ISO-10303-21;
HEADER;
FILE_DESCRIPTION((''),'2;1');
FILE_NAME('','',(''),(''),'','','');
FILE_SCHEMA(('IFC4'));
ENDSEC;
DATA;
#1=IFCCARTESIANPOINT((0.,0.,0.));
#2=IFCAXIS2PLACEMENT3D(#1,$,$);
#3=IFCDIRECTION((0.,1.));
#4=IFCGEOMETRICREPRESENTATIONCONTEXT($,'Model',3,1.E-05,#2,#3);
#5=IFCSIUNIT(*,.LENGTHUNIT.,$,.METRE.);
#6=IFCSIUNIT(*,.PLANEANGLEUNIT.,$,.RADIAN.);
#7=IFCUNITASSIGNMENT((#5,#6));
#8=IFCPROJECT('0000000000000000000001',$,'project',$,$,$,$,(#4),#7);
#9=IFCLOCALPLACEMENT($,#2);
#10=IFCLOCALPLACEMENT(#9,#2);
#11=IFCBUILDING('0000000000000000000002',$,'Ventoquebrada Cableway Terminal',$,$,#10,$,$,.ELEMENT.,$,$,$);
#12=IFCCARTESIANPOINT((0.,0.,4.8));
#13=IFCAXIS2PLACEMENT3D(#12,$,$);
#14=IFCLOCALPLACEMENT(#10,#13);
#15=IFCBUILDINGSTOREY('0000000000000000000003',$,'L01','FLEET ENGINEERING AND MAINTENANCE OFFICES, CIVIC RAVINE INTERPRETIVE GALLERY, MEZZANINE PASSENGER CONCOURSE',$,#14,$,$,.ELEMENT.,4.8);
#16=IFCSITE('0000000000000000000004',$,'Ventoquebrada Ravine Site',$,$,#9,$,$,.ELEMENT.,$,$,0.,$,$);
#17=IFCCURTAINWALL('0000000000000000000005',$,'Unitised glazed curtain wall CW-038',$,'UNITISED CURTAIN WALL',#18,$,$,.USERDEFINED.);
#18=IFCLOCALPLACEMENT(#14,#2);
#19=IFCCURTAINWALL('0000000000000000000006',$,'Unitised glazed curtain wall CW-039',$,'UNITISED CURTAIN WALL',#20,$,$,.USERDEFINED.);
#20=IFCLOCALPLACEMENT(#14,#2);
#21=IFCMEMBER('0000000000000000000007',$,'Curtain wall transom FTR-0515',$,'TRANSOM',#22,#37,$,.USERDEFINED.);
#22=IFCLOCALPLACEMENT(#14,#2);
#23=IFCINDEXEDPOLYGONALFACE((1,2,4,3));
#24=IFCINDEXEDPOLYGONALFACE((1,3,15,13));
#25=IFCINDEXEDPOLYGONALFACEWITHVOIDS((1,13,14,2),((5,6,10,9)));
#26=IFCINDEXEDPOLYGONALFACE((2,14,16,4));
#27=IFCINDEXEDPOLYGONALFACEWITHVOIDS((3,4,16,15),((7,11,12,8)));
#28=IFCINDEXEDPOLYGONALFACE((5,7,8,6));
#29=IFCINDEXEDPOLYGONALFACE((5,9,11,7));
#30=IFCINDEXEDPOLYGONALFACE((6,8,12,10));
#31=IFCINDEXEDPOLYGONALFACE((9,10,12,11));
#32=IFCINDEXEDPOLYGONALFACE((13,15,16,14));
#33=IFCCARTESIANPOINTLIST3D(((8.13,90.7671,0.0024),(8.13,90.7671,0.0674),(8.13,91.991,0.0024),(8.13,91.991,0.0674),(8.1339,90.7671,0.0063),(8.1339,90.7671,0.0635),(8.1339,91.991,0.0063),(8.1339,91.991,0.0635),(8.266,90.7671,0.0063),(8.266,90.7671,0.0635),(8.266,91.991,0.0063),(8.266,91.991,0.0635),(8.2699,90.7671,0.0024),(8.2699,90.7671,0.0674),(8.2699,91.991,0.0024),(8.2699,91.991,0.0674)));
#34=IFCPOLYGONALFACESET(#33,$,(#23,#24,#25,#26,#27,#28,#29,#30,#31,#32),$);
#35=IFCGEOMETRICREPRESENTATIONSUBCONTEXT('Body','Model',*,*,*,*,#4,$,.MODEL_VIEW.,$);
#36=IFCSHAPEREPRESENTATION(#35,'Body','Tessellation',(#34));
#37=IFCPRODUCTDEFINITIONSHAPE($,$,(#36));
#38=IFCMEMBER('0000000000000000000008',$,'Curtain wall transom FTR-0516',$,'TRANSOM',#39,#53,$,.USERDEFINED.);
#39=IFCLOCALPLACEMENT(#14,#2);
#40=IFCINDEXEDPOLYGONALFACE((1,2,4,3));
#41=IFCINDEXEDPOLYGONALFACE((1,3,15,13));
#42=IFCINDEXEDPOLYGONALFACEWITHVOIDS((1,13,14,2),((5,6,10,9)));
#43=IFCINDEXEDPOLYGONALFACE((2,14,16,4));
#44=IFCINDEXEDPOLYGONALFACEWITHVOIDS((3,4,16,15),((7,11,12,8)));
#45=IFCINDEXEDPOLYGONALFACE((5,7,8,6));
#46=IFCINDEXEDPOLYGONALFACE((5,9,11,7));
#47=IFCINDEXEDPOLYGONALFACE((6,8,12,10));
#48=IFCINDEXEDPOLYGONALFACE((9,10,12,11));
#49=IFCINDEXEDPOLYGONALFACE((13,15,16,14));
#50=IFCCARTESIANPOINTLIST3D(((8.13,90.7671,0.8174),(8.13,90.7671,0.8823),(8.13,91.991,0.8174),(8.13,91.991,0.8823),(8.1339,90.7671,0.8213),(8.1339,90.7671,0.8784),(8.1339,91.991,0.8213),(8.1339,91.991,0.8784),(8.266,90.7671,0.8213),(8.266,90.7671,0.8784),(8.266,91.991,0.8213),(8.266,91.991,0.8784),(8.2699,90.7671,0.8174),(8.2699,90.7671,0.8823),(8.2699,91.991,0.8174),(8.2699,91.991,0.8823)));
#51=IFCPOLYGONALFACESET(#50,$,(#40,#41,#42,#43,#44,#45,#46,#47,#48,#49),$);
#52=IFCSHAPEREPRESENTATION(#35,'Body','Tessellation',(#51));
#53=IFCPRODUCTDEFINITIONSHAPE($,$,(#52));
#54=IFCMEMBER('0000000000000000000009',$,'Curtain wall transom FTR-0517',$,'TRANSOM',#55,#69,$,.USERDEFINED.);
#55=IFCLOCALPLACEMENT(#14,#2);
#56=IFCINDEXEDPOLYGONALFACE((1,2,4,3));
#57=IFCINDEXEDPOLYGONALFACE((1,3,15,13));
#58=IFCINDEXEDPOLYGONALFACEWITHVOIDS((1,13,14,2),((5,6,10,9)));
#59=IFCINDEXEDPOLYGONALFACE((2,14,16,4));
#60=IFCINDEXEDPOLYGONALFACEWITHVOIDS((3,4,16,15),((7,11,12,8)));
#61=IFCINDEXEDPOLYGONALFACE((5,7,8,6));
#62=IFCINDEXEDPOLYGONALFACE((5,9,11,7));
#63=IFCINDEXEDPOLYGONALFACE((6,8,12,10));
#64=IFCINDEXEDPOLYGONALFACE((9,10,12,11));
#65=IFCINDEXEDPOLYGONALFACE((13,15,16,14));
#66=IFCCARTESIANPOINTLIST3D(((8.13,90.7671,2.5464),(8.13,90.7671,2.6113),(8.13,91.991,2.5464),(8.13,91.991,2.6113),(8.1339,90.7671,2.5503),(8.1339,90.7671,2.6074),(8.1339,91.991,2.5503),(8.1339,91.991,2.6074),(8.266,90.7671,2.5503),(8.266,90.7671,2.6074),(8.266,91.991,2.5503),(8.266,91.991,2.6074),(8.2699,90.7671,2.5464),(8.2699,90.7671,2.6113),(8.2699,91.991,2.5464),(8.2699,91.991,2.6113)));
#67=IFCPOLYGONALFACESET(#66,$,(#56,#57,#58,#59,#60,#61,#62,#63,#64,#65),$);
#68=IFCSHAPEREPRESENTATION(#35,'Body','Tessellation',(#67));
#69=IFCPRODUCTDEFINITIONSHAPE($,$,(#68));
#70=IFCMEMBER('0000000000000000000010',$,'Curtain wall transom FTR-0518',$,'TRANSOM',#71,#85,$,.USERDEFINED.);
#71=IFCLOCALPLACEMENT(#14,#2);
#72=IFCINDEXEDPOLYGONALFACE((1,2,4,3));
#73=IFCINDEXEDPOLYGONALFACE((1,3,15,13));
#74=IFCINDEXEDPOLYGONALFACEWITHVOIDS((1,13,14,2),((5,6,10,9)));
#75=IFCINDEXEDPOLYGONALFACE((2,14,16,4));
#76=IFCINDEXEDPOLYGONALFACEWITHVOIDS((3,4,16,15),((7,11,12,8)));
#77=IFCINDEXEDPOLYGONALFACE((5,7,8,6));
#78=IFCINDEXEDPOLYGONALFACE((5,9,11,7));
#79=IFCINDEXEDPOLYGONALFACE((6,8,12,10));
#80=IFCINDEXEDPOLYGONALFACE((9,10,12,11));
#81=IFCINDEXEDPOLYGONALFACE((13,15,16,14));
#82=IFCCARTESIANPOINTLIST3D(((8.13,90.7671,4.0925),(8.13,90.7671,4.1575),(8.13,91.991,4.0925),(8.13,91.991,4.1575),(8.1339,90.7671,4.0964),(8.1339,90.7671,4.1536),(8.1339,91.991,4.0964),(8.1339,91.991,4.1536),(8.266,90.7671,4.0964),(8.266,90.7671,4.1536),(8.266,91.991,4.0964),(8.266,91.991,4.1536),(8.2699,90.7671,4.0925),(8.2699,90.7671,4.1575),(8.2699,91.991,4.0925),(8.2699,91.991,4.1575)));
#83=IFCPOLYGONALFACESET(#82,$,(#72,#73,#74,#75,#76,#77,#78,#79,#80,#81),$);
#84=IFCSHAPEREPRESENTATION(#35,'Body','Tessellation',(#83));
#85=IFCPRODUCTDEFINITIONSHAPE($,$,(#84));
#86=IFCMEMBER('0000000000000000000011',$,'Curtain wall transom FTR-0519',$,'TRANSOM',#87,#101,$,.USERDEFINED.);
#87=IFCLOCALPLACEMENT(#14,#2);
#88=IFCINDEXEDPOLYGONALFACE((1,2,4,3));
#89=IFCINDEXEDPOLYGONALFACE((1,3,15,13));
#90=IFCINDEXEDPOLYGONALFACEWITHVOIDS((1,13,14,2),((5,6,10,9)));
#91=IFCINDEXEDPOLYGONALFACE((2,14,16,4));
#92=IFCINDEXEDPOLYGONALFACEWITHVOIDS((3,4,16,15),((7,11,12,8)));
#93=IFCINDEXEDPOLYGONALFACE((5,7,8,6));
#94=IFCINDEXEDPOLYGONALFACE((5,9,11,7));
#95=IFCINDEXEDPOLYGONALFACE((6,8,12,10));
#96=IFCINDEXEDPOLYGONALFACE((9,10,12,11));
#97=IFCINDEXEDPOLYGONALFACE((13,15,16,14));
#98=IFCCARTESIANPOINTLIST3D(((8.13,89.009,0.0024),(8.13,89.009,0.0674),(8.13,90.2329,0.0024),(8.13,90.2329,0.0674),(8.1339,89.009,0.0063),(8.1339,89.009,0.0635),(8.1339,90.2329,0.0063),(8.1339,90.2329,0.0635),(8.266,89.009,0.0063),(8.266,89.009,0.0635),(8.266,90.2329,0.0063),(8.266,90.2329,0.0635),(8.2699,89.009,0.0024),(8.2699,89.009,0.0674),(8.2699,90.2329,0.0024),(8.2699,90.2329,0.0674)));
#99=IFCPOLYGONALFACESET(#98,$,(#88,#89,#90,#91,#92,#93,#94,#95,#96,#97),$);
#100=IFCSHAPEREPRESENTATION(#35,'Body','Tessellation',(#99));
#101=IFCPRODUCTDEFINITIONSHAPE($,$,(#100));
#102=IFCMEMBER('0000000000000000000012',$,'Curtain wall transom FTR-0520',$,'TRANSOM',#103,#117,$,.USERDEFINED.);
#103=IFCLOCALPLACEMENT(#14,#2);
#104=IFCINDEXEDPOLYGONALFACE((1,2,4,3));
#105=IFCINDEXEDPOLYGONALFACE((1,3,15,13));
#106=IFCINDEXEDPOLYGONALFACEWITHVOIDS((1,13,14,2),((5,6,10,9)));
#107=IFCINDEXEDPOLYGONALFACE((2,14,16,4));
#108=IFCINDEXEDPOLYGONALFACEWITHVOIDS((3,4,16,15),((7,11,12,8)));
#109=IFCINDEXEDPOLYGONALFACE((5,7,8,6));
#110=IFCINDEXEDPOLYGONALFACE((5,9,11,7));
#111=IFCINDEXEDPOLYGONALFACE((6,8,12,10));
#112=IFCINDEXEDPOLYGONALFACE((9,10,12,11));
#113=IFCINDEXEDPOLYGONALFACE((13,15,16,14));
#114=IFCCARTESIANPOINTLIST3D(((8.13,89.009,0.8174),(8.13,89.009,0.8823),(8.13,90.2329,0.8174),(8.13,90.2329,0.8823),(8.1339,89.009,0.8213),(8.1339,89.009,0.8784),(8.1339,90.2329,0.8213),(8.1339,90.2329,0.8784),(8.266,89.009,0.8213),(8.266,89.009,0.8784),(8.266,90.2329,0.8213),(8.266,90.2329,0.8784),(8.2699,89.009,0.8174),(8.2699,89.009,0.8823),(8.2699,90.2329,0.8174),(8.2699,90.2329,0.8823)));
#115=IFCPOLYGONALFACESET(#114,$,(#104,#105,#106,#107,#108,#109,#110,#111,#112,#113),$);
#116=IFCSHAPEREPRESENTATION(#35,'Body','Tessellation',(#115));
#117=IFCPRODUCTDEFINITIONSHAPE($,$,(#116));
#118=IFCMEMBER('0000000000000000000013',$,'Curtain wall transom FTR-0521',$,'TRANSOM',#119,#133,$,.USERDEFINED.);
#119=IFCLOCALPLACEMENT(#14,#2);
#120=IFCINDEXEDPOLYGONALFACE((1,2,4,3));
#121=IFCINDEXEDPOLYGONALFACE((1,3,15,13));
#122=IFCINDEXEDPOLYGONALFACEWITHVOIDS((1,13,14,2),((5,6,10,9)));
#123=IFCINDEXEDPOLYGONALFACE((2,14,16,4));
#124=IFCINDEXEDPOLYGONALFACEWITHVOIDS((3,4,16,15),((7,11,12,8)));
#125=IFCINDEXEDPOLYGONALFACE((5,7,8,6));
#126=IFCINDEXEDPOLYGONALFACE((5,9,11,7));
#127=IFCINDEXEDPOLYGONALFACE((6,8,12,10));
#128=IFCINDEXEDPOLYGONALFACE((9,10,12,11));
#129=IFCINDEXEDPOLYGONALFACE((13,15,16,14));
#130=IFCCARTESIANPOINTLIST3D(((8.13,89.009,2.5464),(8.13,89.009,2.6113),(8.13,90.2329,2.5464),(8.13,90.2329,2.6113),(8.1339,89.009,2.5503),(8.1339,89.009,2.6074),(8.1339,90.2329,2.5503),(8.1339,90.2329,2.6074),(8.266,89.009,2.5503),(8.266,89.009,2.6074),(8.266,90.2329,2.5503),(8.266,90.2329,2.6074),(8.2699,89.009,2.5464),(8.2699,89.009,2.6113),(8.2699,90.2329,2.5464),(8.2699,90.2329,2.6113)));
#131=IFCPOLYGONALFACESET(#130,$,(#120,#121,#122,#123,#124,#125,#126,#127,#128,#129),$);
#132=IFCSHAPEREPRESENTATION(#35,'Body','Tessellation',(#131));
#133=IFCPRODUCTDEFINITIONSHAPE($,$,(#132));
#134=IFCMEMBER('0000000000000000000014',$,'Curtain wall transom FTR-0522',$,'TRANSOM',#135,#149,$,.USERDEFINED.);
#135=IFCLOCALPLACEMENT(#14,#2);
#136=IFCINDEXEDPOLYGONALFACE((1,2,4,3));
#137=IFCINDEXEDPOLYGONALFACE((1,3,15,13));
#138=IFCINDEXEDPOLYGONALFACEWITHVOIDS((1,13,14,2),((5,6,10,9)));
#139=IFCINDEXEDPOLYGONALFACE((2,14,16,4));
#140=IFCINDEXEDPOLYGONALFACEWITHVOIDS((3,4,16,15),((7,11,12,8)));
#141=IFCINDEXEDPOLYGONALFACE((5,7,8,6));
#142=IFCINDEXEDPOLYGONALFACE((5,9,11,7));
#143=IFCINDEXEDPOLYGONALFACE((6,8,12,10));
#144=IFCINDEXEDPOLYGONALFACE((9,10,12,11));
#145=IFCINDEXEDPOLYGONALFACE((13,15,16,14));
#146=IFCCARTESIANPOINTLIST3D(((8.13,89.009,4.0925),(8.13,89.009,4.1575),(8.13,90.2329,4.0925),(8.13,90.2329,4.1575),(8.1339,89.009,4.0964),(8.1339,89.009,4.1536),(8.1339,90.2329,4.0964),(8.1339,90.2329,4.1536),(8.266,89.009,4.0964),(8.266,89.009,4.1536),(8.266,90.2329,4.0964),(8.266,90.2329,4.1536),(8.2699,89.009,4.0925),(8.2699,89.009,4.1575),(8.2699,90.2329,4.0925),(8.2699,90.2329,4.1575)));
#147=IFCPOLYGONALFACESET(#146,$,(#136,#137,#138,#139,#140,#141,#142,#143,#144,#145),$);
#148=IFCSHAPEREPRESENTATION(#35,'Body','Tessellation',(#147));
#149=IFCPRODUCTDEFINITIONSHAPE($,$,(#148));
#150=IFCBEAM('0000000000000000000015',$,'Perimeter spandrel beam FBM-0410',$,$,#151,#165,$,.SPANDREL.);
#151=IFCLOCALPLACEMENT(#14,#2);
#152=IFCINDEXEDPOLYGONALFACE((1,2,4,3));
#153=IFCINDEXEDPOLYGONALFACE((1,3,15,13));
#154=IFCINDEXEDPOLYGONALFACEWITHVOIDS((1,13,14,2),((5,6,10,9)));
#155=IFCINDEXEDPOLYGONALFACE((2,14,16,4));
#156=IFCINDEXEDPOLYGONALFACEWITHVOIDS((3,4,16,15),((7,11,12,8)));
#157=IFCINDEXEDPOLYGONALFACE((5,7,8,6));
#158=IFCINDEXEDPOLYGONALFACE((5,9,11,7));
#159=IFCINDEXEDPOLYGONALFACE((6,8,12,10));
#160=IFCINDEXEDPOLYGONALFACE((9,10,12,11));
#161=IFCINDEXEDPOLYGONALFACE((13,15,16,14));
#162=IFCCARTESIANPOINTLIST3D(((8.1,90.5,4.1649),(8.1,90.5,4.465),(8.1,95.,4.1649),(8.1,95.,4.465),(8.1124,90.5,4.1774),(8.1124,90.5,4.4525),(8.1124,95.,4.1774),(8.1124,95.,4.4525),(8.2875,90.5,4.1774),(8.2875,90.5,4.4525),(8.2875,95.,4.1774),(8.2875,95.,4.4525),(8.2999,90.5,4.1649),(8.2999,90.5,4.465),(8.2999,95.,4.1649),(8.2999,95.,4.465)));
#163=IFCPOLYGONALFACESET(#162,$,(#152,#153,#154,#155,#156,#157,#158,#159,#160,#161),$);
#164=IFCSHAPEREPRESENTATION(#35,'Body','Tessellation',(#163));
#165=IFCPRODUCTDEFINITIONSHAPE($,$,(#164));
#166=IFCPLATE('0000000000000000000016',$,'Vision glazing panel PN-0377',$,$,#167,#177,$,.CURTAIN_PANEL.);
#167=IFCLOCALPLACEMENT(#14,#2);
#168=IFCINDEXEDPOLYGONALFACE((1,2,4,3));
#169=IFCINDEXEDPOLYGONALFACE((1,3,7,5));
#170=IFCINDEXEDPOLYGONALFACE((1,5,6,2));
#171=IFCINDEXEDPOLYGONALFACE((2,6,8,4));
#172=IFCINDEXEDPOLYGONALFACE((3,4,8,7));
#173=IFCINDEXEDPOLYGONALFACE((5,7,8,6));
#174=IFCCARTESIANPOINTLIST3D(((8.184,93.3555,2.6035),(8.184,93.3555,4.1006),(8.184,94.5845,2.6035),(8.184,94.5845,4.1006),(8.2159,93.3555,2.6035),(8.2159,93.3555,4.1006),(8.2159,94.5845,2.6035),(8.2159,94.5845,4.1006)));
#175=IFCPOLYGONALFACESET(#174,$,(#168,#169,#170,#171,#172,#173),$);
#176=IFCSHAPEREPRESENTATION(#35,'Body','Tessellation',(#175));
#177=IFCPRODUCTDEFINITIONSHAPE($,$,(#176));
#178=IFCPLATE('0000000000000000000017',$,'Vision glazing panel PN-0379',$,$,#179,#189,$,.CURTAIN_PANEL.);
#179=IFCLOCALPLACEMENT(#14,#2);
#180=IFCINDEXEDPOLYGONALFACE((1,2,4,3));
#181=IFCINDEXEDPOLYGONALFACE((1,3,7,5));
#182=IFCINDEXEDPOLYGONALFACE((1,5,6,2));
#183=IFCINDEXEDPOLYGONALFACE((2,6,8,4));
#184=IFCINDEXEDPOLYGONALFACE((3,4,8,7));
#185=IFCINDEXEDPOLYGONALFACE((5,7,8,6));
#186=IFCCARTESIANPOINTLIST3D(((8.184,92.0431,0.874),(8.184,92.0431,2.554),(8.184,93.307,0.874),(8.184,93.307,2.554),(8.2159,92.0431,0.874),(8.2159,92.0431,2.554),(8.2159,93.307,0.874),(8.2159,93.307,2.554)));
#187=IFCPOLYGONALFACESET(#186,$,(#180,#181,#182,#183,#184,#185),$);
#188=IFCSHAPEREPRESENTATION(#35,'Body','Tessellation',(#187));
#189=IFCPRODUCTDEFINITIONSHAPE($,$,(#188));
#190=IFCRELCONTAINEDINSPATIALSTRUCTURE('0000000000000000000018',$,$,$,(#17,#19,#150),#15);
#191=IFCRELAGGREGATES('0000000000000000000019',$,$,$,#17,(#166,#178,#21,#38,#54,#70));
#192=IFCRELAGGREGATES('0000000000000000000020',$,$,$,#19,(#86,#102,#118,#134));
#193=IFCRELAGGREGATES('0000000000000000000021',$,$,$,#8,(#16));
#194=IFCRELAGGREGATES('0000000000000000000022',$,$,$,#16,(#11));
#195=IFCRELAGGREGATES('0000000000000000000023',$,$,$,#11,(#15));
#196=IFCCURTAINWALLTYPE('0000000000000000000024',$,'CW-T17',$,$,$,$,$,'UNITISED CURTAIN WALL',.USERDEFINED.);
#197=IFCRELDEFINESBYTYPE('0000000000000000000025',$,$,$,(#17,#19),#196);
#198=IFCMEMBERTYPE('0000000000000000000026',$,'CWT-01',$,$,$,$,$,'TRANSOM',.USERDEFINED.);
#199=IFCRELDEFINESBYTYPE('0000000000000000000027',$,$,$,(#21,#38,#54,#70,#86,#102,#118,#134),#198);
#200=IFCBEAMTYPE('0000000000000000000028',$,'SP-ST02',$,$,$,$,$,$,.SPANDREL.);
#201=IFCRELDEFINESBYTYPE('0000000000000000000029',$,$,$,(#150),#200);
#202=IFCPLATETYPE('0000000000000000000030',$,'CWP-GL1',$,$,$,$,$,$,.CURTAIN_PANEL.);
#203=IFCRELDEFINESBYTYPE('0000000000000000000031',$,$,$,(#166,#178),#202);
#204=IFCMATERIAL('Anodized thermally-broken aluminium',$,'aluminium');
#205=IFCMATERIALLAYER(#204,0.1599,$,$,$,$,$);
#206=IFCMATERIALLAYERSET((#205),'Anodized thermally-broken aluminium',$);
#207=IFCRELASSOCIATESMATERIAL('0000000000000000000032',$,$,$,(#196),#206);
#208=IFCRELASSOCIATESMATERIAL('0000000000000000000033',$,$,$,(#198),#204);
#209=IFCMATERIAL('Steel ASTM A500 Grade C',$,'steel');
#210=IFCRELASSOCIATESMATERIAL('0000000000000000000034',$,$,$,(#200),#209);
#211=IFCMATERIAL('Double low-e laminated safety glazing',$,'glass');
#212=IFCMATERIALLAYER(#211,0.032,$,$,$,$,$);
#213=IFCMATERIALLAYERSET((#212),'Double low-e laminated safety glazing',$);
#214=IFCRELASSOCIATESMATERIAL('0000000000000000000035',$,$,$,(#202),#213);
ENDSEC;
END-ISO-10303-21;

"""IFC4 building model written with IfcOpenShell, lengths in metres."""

from ifc_helpers import new_model, si_unit, direction, frame, origin, origin_2d, place, context, subcontext, project, spatial, rectangle, hollow_rectangle, extrude, material, layer, layer_set, material_profile, profile_set, type_object, element, aggregate, save


model = new_model("IFC4")

# Units and contexts
model_context = context("Model", 3, precision=1e-05, world=origin(), true_north=direction((0.0, 1.0)))
body_context = subcontext(model_context, "Body", "Model", "MODEL_VIEW")
ifc_project = project(units=[si_unit("LENGTHUNIT", "METRE"), si_unit("PLANEANGLEUNIT", "RADIAN")], contexts=[model_context])

# Site, building, storey
site_placement = place(None, origin())
site = spatial("IfcSite", under=ifc_project, at=site_placement, Name="Ventoquebrada Ravine Site", CompositionType="ELEMENT", RefElevation=0.0)
building_placement = place(site_placement, origin())
building = spatial("IfcBuilding", under=site, at=building_placement, Name="Ventoquebrada Cableway Terminal", CompositionType="ELEMENT")
storey_placement = place(building_placement, frame((0.0, 0.0, 4.8)))
storey = spatial("IfcBuildingStorey", under=building, at=storey_placement, Name="L01", Description="FLEET ENGINEERING AND MAINTENANCE OFFICES, CIVIC RAVINE INTERPRETIVE GALLERY, MEZZANINE PASSENGER CONCOURSE", CompositionType="ELEMENT", Elevation=4.8)

# Curtain walls
ifc_material_1 = material(Name="Anodized thermally-broken aluminium", Category="aluminium")
ifc_layer_1 = layer(ifc_material_1, 0.1599)
ifc_layer_set_1 = layer_set([ifc_layer_1], Name="Anodized thermally-broken aluminium")
curtain_wall_type = type_object("IfcCurtainWallType", Name="CW-T17", ElementType="UNITISED CURTAIN WALL", PredefinedType="USERDEFINED", material=ifc_layer_set_1)
curtain_wall_1_placement = place(storey_placement, origin())
curtain_wall_1 = element("IfcCurtainWall", 1, at=curtain_wall_1_placement, inside=storey, type_object=curtain_wall_type, Name="Unitised glazed curtain wall CW-038", ObjectType="UNITISED CURTAIN WALL", PredefinedType="USERDEFINED")
curtain_wall_2_placement = place(storey_placement, origin())
curtain_wall_2 = element("IfcCurtainWall", 2, at=curtain_wall_2_placement, inside=storey, type_object=curtain_wall_type, Name="Unitised glazed curtain wall CW-039", ObjectType="UNITISED CURTAIN WALL", PredefinedType="USERDEFINED")

# Members
ifc_material_profile_1 = material_profile(ifc_material_1, hollow_rectangle(XDim=0.0649, YDim=0.1399, WallThickness=0.0039, at=origin_2d()), Name="CW-TRN-65X140")
ifc_profile_set_1 = profile_set([ifc_material_profile_1], Name="Anodized thermally-broken aluminium")
member_type_1 = type_object("IfcMemberType", Name="CWT-01", ElementType="TRANSOM", PredefinedType="USERDEFINED", material=ifc_profile_set_1)
member_1_placement = place(storey_placement, frame((8.2, 91.991, 0.0349), z_axis=(0.0, -1.0, 0.0), x_axis=(0.0, 0.0, 1.0)))
member_1 = element("IfcMember", 3, at=member_1_placement, type_object=member_type_1, Name="Curtain wall transom FTR-0515", ObjectType="TRANSOM", PredefinedType="USERDEFINED", context=body_context, shape_type="SweptSolid", body=[
    extrude(hollow_rectangle(XDim=0.0649, YDim=0.1399, WallThickness=0.0039, at=origin_2d()), origin(), (0.0, 0.0, 1.0), 1.2239),
])
member_2_placement = place(storey_placement, frame((8.2, 91.991, 0.8499), z_axis=(0.0, -1.0, 0.0), x_axis=(0.0, 0.0, 1.0)))
member_2 = element("IfcMember", 4, at=member_2_placement, type_object=member_type_1, Name="Curtain wall transom FTR-0516", ObjectType="TRANSOM", PredefinedType="USERDEFINED", context=body_context, shape_type="SweptSolid", body=[
    extrude(hollow_rectangle(XDim=0.0649, YDim=0.1399, WallThickness=0.0039, at=origin_2d()), origin(), (0.0, 0.0, 1.0), 1.2239),
])
member_3_placement = place(storey_placement, frame((8.2, 91.991, 2.5789), z_axis=(0.0, -1.0, 0.0), x_axis=(0.0, 0.0, 1.0)))
member_3 = element("IfcMember", 5, at=member_3_placement, type_object=member_type_1, Name="Curtain wall transom FTR-0517", ObjectType="TRANSOM", PredefinedType="USERDEFINED", context=body_context, shape_type="SweptSolid", body=[
    extrude(hollow_rectangle(XDim=0.0649, YDim=0.1399, WallThickness=0.0039, at=origin_2d()), origin(), (0.0, 0.0, 1.0), 1.2239),
])
member_4_placement = place(storey_placement, frame((8.2, 91.991, 4.125), z_axis=(0.0, -1.0, 0.0), x_axis=(0.0, 0.0, 1.0)))
member_4 = element("IfcMember", 6, at=member_4_placement, type_object=member_type_1, Name="Curtain wall transom FTR-0518", ObjectType="TRANSOM", PredefinedType="USERDEFINED", context=body_context, shape_type="SweptSolid", body=[
    extrude(hollow_rectangle(XDim=0.0649, YDim=0.1399, WallThickness=0.0039, at=origin_2d()), origin(), (0.0, 0.0, 1.0), 1.2239),
])
member_5_placement = place(storey_placement, frame((8.2, 90.2329, 0.0349), z_axis=(0.0, -1.0, 0.0), x_axis=(0.0, 0.0, 1.0)))
member_5 = element("IfcMember", 7, at=member_5_placement, type_object=member_type_1, Name="Curtain wall transom FTR-0519", ObjectType="TRANSOM", PredefinedType="USERDEFINED", context=body_context, shape_type="SweptSolid", body=[
    extrude(hollow_rectangle(XDim=0.0649, YDim=0.1399, WallThickness=0.0039, at=origin_2d()), origin(), (0.0, 0.0, 1.0), 1.2239),
])
member_6_placement = place(storey_placement, frame((8.2, 90.2329, 0.8499), z_axis=(0.0, -1.0, 0.0), x_axis=(0.0, 0.0, 1.0)))
member_6 = element("IfcMember", 8, at=member_6_placement, type_object=member_type_1, Name="Curtain wall transom FTR-0520", ObjectType="TRANSOM", PredefinedType="USERDEFINED", context=body_context, shape_type="SweptSolid", body=[
    extrude(hollow_rectangle(XDim=0.0649, YDim=0.1399, WallThickness=0.0039, at=origin_2d()), origin(), (0.0, 0.0, 1.0), 1.2239),
])
member_7_placement = place(storey_placement, frame((8.2, 90.2329, 2.5789), z_axis=(0.0, -1.0, 0.0), x_axis=(0.0, 0.0, 1.0)))
member_7 = element("IfcMember", 9, at=member_7_placement, type_object=member_type_1, Name="Curtain wall transom FTR-0521", ObjectType="TRANSOM", PredefinedType="USERDEFINED", context=body_context, shape_type="SweptSolid", body=[
    extrude(hollow_rectangle(XDim=0.0649, YDim=0.1399, WallThickness=0.0039, at=origin_2d()), origin(), (0.0, 0.0, 1.0), 1.2239),
])
member_8_placement = place(storey_placement, frame((8.2, 90.2329, 4.125), z_axis=(0.0, -1.0, 0.0), x_axis=(0.0, 0.0, 1.0)))
member_8 = element("IfcMember", 10, at=member_8_placement, type_object=member_type_1, Name="Curtain wall transom FTR-0522", ObjectType="TRANSOM", PredefinedType="USERDEFINED", context=body_context, shape_type="SweptSolid", body=[
    extrude(hollow_rectangle(XDim=0.0649, YDim=0.1399, WallThickness=0.0039, at=origin_2d()), origin(), (0.0, 0.0, 1.0), 1.2239),
])

# Beam
ifc_material_2 = material(Name="Steel ASTM A500 Grade C", Category="steel")
ifc_material_profile_2 = material_profile(ifc_material_2, hollow_rectangle(XDim=0.2, YDim=0.3, WallThickness=0.0125, at=origin_2d()), Name="RHS300X200X12.5")
ifc_profile_set_2 = profile_set([ifc_material_profile_2], Name="Steel ASTM A500 Grade C")
beam_type = type_object("IfcBeamType", Name="SP-ST02", PredefinedType="SPANDREL", material=ifc_profile_set_2)
beam_placement = place(storey_placement, frame((8.2, 90.5, 4.3149), z_axis=(0.0, 1.0, 0.0), x_axis=(-1.0, 0.0, 0.0)))
element("IfcBeam", 11, at=beam_placement, inside=storey, type_object=beam_type, Name="Perimeter spandrel beam FBM-0410", PredefinedType="SPANDREL", context=body_context, shape_type="SweptSolid", body=[
    extrude(hollow_rectangle(XDim=0.2, YDim=0.3, WallThickness=0.0125, at=origin_2d()), origin(), (0.0, 0.0, 1.0), 4.5),
])

# Plates
ifc_material_3 = material(Name="Double low-e laminated safety glazing", Category="glass")
ifc_layer_2 = layer(ifc_material_3, 0.032)
ifc_layer_set_2 = layer_set([ifc_layer_2], Name="Double low-e laminated safety glazing")
plate_type_1 = type_object("IfcPlateType", Name="CWP-GL1", PredefinedType="CURTAIN_PANEL", material=ifc_layer_set_2)
plate_1_placement = place(storey_placement, frame((8.2, 93.97, 2.6035), z_axis=(0.0, 0.0, 1.0), x_axis=(0.0, -1.0, 0.0)))
plate_1 = element("IfcPlate", 12, at=plate_1_placement, type_object=plate_type_1, Name="Vision glazing panel PN-0377", PredefinedType="CURTAIN_PANEL", context=body_context, shape_type="SweptSolid", body=[
    extrude(rectangle(XDim=1.229, YDim=0.032, at=origin_2d()), origin(), (0.0, 0.0, 1.0), 1.4971),
])
plate_2_placement = place(storey_placement, frame((8.2, 92.675, 0.874), z_axis=(0.0, 0.0, 1.0), x_axis=(0.0, -1.0, 0.0)))
plate_2 = element("IfcPlate", 13, at=plate_2_placement, type_object=plate_type_1, Name="Vision glazing panel PN-0379", PredefinedType="CURTAIN_PANEL", context=body_context, shape_type="SweptSolid", body=[
    extrude(rectangle(XDim=1.2639, YDim=0.032, at=origin_2d()), origin(), (0.0, 0.0, 1.0), 1.6799),
])
aggregate(curtain_wall_1, [plate_1, plate_2, member_1, member_2, member_3, member_4])
aggregate(curtain_wall_2, [member_5, member_6, member_7, member_8])

save(model, "model.ifc")
